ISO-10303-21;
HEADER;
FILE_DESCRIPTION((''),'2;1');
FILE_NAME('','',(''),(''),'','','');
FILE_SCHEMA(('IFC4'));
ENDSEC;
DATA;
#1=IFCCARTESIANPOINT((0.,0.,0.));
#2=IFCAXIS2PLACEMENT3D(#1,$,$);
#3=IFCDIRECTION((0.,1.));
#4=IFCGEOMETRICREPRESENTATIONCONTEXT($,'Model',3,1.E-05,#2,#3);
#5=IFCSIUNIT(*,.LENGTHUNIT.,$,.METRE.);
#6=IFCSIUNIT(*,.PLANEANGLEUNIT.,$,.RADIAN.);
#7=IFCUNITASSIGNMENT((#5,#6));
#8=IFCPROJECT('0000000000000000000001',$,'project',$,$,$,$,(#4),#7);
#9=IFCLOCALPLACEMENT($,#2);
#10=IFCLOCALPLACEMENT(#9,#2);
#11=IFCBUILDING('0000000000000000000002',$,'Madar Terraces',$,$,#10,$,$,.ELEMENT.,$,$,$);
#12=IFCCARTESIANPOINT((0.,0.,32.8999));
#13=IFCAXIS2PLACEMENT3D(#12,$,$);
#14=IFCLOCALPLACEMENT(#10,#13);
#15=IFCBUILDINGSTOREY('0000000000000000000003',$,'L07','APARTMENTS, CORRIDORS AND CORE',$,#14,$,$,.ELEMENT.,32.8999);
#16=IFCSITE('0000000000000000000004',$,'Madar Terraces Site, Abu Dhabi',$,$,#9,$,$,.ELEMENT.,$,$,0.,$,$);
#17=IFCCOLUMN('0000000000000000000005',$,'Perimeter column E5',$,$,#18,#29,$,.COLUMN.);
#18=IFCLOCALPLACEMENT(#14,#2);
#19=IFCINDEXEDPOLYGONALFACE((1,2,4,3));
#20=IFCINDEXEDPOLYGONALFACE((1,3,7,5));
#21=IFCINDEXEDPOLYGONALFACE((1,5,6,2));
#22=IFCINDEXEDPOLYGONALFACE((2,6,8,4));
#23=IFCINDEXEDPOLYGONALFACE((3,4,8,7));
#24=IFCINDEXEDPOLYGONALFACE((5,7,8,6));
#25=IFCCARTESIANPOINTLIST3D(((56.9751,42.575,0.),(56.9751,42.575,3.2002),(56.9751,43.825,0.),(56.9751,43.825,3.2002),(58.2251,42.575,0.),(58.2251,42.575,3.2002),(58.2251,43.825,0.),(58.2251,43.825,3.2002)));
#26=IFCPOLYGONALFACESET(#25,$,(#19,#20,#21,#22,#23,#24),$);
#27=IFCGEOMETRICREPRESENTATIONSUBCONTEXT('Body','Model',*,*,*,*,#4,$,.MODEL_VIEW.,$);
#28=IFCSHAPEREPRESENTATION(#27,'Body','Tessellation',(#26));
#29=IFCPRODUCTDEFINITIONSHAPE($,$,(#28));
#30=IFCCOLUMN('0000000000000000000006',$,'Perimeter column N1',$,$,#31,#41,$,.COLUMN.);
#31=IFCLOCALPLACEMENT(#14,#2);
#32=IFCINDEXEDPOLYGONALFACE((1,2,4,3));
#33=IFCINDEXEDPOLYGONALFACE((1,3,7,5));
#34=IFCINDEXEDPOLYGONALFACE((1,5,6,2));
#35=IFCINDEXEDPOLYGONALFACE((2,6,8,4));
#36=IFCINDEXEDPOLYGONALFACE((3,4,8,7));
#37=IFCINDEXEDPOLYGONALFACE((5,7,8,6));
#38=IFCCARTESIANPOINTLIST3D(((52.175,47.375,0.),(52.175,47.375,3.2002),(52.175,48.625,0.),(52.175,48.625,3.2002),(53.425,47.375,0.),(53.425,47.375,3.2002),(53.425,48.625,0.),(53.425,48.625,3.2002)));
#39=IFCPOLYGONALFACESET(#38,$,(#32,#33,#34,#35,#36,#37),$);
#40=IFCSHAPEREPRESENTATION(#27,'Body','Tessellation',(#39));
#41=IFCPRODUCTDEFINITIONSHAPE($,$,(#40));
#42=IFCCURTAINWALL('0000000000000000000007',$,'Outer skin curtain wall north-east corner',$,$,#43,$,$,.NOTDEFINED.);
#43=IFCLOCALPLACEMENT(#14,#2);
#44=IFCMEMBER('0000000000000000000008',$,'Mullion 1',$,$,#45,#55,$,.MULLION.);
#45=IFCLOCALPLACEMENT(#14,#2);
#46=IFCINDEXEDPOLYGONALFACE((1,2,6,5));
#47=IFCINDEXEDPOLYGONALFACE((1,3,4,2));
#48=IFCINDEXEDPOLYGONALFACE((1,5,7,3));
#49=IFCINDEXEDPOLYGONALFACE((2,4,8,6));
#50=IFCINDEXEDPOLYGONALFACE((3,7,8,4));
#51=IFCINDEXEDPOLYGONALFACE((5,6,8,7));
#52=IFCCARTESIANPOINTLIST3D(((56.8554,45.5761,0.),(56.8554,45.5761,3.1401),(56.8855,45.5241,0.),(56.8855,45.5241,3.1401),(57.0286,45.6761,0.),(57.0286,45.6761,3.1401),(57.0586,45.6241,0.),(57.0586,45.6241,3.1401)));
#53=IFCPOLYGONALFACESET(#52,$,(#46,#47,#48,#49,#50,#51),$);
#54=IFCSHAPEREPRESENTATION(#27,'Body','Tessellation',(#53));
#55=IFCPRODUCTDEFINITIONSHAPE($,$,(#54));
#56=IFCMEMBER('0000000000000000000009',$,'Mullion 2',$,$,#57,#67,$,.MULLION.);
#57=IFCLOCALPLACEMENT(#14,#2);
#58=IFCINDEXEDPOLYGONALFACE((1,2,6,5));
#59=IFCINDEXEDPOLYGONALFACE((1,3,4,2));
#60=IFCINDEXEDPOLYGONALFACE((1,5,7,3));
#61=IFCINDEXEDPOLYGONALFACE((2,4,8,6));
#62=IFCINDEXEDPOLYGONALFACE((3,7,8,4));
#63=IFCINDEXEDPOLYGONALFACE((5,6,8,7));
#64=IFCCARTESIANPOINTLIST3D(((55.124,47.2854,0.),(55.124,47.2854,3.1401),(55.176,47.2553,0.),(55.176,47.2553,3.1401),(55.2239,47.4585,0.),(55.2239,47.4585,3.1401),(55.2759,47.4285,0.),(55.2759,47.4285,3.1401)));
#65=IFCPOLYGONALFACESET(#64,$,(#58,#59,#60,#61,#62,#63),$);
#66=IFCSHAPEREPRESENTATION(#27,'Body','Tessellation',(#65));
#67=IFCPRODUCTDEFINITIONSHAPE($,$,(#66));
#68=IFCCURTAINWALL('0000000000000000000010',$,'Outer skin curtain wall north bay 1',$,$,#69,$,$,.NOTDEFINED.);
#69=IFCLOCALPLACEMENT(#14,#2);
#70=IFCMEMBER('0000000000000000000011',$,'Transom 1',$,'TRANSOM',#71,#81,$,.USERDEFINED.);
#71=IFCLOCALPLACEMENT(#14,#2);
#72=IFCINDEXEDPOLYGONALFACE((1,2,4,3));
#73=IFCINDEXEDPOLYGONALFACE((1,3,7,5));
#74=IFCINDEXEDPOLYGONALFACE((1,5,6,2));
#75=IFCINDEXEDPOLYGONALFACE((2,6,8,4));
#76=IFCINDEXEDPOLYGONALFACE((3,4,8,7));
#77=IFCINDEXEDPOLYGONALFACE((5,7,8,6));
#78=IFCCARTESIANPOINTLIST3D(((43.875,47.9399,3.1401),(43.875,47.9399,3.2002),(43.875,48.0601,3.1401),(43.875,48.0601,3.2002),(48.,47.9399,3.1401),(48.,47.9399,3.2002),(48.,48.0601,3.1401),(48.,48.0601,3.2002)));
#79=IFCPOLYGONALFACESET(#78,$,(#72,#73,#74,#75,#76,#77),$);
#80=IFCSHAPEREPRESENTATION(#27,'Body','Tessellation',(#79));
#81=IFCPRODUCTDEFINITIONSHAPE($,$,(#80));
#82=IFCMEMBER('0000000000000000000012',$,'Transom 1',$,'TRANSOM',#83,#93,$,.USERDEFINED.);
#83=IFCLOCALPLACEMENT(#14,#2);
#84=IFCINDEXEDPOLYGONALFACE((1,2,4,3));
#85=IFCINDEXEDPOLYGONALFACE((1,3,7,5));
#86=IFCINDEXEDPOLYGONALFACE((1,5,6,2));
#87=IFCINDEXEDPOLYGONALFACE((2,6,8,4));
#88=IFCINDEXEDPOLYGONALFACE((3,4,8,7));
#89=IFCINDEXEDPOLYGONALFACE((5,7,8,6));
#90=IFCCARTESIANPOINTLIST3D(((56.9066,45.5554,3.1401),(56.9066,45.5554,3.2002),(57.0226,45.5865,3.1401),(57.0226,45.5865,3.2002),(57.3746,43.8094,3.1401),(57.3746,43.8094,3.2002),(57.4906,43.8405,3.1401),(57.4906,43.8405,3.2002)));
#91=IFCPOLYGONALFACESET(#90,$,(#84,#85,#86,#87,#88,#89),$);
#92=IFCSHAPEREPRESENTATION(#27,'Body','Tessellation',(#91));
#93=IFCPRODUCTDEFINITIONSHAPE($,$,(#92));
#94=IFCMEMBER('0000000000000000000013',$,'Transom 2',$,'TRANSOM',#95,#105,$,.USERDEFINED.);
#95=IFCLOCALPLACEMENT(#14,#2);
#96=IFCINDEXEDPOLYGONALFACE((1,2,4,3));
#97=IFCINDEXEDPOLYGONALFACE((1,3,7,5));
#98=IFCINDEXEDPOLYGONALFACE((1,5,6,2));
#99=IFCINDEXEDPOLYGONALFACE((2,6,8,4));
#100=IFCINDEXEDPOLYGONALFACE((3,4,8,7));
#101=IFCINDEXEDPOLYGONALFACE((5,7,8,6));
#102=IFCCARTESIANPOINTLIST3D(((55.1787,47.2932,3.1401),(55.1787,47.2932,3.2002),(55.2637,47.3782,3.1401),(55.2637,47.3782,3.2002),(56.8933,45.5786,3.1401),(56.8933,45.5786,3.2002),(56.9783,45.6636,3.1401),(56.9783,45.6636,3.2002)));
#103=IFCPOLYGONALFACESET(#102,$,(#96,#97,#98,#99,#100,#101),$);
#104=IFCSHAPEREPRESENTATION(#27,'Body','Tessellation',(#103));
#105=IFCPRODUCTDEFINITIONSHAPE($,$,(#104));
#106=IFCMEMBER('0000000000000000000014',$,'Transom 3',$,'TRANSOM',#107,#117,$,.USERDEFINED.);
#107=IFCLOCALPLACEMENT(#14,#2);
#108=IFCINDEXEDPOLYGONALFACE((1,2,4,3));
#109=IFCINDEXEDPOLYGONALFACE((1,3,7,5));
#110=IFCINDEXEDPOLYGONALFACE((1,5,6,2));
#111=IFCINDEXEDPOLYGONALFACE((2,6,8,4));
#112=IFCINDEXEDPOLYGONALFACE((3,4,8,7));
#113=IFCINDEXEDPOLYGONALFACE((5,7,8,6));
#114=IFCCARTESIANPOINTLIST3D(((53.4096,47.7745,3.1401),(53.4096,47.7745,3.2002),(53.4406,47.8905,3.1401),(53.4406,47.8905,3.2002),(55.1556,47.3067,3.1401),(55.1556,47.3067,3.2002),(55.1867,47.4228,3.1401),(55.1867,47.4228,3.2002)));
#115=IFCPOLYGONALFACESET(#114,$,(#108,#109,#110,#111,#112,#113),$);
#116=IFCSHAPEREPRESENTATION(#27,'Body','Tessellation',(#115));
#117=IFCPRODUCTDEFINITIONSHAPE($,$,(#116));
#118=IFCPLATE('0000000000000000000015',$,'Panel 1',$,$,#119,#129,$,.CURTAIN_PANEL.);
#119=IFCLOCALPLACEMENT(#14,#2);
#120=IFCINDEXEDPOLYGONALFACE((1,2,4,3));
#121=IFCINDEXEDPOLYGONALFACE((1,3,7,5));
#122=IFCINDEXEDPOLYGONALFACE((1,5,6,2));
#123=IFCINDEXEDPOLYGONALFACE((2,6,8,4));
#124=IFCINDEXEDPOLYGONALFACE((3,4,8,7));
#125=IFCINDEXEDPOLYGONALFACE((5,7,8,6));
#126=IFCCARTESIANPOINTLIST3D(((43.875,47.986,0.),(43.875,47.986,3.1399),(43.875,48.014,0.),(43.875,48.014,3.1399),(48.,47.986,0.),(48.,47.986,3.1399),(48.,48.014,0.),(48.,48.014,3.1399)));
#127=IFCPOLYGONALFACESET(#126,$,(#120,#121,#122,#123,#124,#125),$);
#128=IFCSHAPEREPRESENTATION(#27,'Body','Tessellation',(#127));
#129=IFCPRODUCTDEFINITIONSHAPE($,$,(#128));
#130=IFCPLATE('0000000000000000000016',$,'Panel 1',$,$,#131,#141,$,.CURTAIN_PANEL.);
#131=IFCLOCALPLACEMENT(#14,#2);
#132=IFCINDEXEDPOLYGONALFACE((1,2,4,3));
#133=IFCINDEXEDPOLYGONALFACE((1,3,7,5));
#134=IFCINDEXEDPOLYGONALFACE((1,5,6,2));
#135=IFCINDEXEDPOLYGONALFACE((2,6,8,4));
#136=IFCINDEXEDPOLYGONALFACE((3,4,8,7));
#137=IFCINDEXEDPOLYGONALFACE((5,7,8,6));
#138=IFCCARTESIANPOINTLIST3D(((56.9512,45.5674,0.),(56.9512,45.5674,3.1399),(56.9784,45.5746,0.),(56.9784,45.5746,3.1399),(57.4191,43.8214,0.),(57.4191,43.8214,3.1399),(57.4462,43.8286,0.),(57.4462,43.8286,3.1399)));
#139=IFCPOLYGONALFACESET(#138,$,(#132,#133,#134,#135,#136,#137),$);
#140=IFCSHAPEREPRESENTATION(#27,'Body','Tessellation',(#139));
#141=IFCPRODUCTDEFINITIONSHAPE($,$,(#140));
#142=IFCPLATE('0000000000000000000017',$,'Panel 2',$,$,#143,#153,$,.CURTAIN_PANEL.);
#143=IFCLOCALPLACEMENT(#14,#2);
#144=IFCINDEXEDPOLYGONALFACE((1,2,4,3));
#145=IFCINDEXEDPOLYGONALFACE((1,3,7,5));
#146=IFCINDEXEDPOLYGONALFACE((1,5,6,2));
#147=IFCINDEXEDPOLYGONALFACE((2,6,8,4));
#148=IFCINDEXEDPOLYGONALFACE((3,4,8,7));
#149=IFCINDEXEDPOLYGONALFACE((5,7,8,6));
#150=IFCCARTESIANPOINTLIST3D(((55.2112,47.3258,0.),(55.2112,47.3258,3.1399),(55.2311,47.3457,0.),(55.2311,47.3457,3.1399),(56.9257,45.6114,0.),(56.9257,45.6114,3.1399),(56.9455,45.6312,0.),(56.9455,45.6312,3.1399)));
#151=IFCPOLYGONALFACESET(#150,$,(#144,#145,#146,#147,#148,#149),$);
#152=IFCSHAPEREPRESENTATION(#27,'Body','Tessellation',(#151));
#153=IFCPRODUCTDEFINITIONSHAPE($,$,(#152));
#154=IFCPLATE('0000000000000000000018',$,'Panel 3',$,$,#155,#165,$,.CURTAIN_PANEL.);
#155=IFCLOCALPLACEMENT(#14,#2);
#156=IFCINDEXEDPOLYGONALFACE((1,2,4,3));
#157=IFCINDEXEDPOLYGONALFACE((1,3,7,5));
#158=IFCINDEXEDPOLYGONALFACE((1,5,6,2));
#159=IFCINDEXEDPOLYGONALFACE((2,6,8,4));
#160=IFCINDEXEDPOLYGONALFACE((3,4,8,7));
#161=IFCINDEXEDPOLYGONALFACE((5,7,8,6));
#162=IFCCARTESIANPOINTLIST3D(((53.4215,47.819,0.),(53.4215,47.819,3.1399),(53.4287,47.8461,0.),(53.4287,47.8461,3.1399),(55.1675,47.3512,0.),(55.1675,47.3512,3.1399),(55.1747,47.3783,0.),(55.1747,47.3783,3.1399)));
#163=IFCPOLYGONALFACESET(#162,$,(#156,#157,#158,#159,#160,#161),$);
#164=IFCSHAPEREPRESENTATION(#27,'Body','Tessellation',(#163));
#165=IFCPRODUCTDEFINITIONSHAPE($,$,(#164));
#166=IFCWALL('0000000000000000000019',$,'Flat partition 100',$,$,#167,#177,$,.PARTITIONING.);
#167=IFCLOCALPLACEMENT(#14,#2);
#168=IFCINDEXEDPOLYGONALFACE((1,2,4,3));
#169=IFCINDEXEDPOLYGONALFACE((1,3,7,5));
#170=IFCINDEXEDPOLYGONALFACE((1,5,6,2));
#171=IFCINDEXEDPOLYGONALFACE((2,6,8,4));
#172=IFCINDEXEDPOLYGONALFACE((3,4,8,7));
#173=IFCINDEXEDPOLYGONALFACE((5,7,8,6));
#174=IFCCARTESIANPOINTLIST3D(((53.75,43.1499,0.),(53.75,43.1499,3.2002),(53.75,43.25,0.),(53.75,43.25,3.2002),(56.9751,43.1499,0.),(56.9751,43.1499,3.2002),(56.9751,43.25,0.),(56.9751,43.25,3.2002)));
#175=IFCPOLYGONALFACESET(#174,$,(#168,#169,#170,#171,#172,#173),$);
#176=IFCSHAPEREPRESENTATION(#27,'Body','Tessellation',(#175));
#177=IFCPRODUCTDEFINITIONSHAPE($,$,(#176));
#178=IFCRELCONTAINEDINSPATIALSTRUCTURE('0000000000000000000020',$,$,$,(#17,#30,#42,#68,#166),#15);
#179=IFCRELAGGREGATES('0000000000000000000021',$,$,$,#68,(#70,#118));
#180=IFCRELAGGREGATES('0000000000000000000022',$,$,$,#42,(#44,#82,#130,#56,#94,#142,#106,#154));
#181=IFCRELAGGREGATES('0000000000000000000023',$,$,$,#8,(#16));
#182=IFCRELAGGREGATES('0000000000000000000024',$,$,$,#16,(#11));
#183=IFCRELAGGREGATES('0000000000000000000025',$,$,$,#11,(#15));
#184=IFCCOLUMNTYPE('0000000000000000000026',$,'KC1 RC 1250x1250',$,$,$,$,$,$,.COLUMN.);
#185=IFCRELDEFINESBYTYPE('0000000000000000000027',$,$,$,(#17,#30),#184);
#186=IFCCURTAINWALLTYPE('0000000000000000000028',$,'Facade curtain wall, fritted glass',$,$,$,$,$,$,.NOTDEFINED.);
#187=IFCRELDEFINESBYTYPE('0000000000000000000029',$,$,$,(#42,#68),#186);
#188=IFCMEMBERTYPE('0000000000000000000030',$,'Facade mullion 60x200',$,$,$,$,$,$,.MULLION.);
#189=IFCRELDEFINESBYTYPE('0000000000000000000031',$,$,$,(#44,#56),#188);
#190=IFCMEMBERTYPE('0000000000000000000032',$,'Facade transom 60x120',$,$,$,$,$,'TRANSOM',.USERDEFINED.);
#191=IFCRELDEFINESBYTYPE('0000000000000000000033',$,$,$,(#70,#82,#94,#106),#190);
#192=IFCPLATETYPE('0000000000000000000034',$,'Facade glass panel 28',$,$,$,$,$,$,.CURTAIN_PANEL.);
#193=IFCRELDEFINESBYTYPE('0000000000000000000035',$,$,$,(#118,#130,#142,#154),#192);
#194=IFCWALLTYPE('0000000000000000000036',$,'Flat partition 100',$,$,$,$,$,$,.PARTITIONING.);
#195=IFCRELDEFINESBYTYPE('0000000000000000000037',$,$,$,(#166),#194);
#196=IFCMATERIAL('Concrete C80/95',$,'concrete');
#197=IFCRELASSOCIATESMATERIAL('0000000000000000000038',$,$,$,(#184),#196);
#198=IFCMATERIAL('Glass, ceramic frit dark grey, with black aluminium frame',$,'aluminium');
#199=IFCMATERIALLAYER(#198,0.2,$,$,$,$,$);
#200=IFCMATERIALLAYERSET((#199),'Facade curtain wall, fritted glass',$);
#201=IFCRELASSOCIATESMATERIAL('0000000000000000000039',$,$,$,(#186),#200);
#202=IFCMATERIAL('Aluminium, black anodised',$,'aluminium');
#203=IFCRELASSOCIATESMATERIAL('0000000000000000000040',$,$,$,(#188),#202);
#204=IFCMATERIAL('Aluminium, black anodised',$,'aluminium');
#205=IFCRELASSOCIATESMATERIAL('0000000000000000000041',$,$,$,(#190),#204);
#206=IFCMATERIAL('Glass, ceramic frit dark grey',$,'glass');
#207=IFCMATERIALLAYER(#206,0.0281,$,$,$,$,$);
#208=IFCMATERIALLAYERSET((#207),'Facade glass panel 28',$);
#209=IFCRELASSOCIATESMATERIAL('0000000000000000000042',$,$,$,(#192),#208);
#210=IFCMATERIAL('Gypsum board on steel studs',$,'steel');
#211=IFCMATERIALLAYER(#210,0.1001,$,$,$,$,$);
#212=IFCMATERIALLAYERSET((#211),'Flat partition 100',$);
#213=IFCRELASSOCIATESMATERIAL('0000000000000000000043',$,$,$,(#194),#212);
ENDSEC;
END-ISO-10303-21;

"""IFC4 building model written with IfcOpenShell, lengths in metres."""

from ifc_helpers import new_model, si_unit, direction, frame, frame_2d, origin, origin_2d, place, context, subcontext, project, spatial, rectangle, extrude, material, layer, layer_set, material_profile, profile_set, type_object, element, aggregate, save


model = new_model("IFC4")

# Units and contexts
model_context = context("Model", 3, precision=1e-05, world=origin(), true_north=direction((0.0, 1.0)))
body_context = subcontext(model_context, "Body", "Model", "MODEL_VIEW")
ifc_project = project(units=[si_unit("LENGTHUNIT", "METRE"), si_unit("PLANEANGLEUNIT", "RADIAN")], contexts=[model_context])

# Site, building, storey
site_placement = place(None, origin())
site = spatial("IfcSite", under=ifc_project, at=site_placement, Name="Madar Terraces Site, Abu Dhabi", CompositionType="ELEMENT", RefElevation=0.0)
building_placement = place(site_placement, origin())
building = spatial("IfcBuilding", under=site, at=building_placement, Name="Madar Terraces", CompositionType="ELEMENT")
storey_placement = place(building_placement, frame((0.0, 0.0, 32.8999)))
storey = spatial("IfcBuildingStorey", under=building, at=storey_placement, Name="L07", Description="APARTMENTS, CORRIDORS AND CORE", CompositionType="ELEMENT", Elevation=32.8999)

# Columns
ifc_material_1 = material(Name="Concrete C80/95", Category="concrete")
ifc_material_profile_1 = material_profile(ifc_material_1, rectangle(XDim=1.25, YDim=1.25, at=origin_2d()), Name="KC1 RC 1250x1250")
ifc_profile_set_1 = profile_set([ifc_material_profile_1], Name="Concrete C80/95")
column_type = type_object("IfcColumnType", Name="KC1 RC 1250x1250", PredefinedType="COLUMN", material=ifc_profile_set_1)
for number, where, z_axis, x_axis, name in (
    (1, (57.6001, 43.2, 0.0), (0.0, 0.0, 1.0), (1.0, 0.0, 0.0), "Perimeter column E5"),
    (2, (52.8, 48.0, 0.0), (0.0, 0.0, 1.0), (1.0, 0.0, 0.0), "Perimeter column N1"),
):
    element("IfcColumn", number, at=place(storey_placement, frame(where, z_axis=z_axis, x_axis=x_axis)), inside=storey, type_object=column_type, Name=name, PredefinedType="COLUMN", context=body_context, shape_type="SweptSolid", body=[
        extrude(rectangle(XDim=1.25, YDim=1.25, at=origin_2d()), origin(), (0.0, 0.0, 1.0), 3.2002),
    ])

# Curtain wall, members
ifc_material_2 = material(Name="Glass, ceramic frit dark grey, with black aluminium frame", Category="aluminium")
ifc_layer_1 = layer(ifc_material_2, 0.2)
ifc_layer_set_1 = layer_set([ifc_layer_1], Name="Facade curtain wall, fritted glass")
curtain_wall_type = type_object("IfcCurtainWallType", Name="Facade curtain wall, fritted glass", PredefinedType="NOTDEFINED", material=ifc_layer_set_1)
curtain_wall_1_placement = place(storey_placement, origin())
curtain_wall_1 = element("IfcCurtainWall", 3, at=curtain_wall_1_placement, inside=storey, type_object=curtain_wall_type, Name="Outer skin curtain wall north-east corner", PredefinedType="NOTDEFINED")
ifc_material_3 = material(Name="Aluminium, black anodised", Category="aluminium")
ifc_material_profile_2 = material_profile(ifc_material_3, rectangle(XDim=0.2, YDim=0.0601, at=origin_2d()), Name="Facade mullion 60x200")
ifc_profile_set_2 = profile_set([ifc_material_profile_2], Name="Aluminium, black anodised")
member_type_1 = type_object("IfcMemberType", Name="Facade mullion 60x200", PredefinedType="MULLION", material=ifc_profile_set_2)
member_1_placement = place(storey_placement, frame((56.957, 45.6001, 0.0), z_axis=(0.0, 0.0, 1.0), x_axis=(-0.866025, -0.5, 0.0)))
member_1 = element("IfcMember", 4, at=member_1_placement, type_object=member_type_1, Name="Mullion 1", PredefinedType="MULLION", context=body_context, shape_type="SweptSolid", body=[
    extrude(rectangle(XDim=0.2, YDim=0.0601, at=origin_2d()), origin(), (0.0, 0.0, 1.0), 3.1401),
])
member_2_placement = place(storey_placement, frame((55.2, 47.3569, 0.0), z_axis=(0.0, 0.0, 1.0), x_axis=(-0.5, -0.866025, 0.0)))
member_2 = element("IfcMember", 5, at=member_2_placement, type_object=member_type_1, Name="Mullion 2", PredefinedType="MULLION", context=body_context, shape_type="SweptSolid", body=[
    extrude(rectangle(XDim=0.2, YDim=0.0601, at=origin_2d()), origin(), (0.0, 0.0, 1.0), 3.1401),
])

# Curtain wall, member
curtain_wall_2_placement = place(storey_placement, origin())
curtain_wall_2 = element("IfcCurtainWall", 6, at=curtain_wall_2_placement, inside=storey, type_object=curtain_wall_type, Name="Outer skin curtain wall north bay 1", PredefinedType="NOTDEFINED")
ifc_material_4 = material(Name="Aluminium, black anodised", Category="aluminium")
ifc_material_profile_3 = material_profile(ifc_material_4, rectangle(XDim=0.1201, YDim=0.0601, at=origin_2d()), Name="Facade transom 60x120")
ifc_profile_set_3 = profile_set([ifc_material_profile_3], Name="Aluminium, black anodised")
member_type_2 = type_object("IfcMemberType", Name="Facade transom 60x120", ElementType="TRANSOM", PredefinedType="USERDEFINED", material=ifc_profile_set_3)
member_3_placement = place(storey_placement, frame((48.0, 48.0, 3.1702), z_axis=(-1.0, 0.0, 0.0), x_axis=(0.0, -1.0, 0.0)))
member_3 = element("IfcMember", 7, at=member_3_placement, type_object=member_type_2, Name="Transom 1", ObjectType="TRANSOM", PredefinedType="USERDEFINED", context=body_context, shape_type="SweptSolid", body=[
    extrude(rectangle(XDim=0.1201, YDim=0.0601, at=origin_2d()), origin(), (0.0, 0.0, 1.0), 4.125),
])

# Members
member_4_placement = place(storey_placement, frame((57.4326, 43.825, 3.1702), z_axis=(-0.258898, 0.965905, 0.0), x_axis=(-0.965905, -0.258898, 0.0)))
member_4 = element("IfcMember", 8, at=member_4_placement, type_object=member_type_2, Name="Transom 1", ObjectType="TRANSOM", PredefinedType="USERDEFINED", context=body_context, shape_type="SweptSolid", body=[
    extrude(rectangle(XDim=0.1201, YDim=0.0601, at=origin_2d()), origin(), (0.0, 0.0, 1.0), 1.8076),
])
member_5_placement = place(storey_placement, frame((56.9358, 45.6211, 3.1702), z_axis=(-0.707107, 0.707107, 0.0), x_axis=(-0.707107, -0.707107, 0.0)))
member_5 = element("IfcMember", 9, at=member_5_placement, type_object=member_type_2, Name="Transom 2", ObjectType="TRANSOM", PredefinedType="USERDEFINED", context=body_context, shape_type="SweptSolid", body=[
    extrude(rectangle(XDim=0.1201, YDim=0.0601, at=origin_2d()), origin(), (0.0, 0.0, 1.0), 2.4248),
])
member_6_placement = place(storey_placement, frame((55.1711, 47.3647, 3.1702), z_axis=(-0.965938, 0.258772, 0.0), x_axis=(-0.258772, -0.965938, 0.0)))
member_6 = element("IfcMember", 10, at=member_6_placement, type_object=member_type_2, Name="Transom 3", ObjectType="TRANSOM", PredefinedType="USERDEFINED", context=body_context, shape_type="SweptSolid", body=[
    extrude(rectangle(XDim=0.1201, YDim=0.0601, at=origin_2d()), origin(), (0.0, 0.0, 1.0), 1.8076),
])

# Plates
ifc_material_5 = material(Name="Glass, ceramic frit dark grey", Category="glass")
ifc_layer_2 = layer(ifc_material_5, 0.0281)
ifc_layer_set_2 = layer_set([ifc_layer_2], Name="Facade glass panel 28")
plate_type = type_object("IfcPlateType", Name="Facade glass panel 28", PredefinedType="CURTAIN_PANEL", material=ifc_layer_set_2)
plate_1_placement = place(storey_placement, frame((45.9375, 48.0, 0.0), z_axis=(0.0, 0.0, 1.0), x_axis=(-1.0, 0.0, 0.0)))
plate_1 = element("IfcPlate", 11, at=plate_1_placement, type_object=plate_type, Name="Panel 1", PredefinedType="CURTAIN_PANEL", context=body_context, shape_type="SweptSolid", body=[
    extrude(rectangle(XDim=4.125, YDim=0.0281, at=origin_2d()), origin(), (0.0, 0.0, 1.0), 3.1399),
])
aggregate(curtain_wall_2, [member_3, plate_1])
plate_2_placement = place(storey_placement, frame((57.1987, 44.698, 0.0), z_axis=(0.0, 0.0, 1.0), x_axis=(-0.258819, 0.965926, 0.0)))
plate_2 = element("IfcPlate", 12, at=plate_2_placement, type_object=plate_type, Name="Panel 1", PredefinedType="CURTAIN_PANEL", context=body_context, shape_type="SweptSolid", body=[
    extrude(rectangle(XDim=1.8076, YDim=0.0281, at=origin_2d()), origin(), (0.0, 0.0, 1.0), 3.1399),
])
plate_3_placement = place(storey_placement, frame((56.0784, 46.4785, 0.0), z_axis=(0.0, 0.0, 1.0), x_axis=(-0.707107, 0.707107, 0.0)))
plate_3 = element("IfcPlate", 13, at=plate_3_placement, type_object=plate_type, Name="Panel 2", PredefinedType="CURTAIN_PANEL", context=body_context, shape_type="SweptSolid", body=[
    extrude(rectangle(XDim=2.4246, YDim=0.0281, at=origin_2d()), origin(), (0.0, 0.0, 1.0), 3.1399),
])
plate_4_placement = place(storey_placement, frame((54.2981, 47.5986, 0.0), z_axis=(0.0, 0.0, 1.0), x_axis=(-0.965926, 0.258819, 0.0)))
plate_4 = element("IfcPlate", 14, at=plate_4_placement, type_object=plate_type, Name="Panel 3", PredefinedType="CURTAIN_PANEL", context=body_context, shape_type="SweptSolid", body=[
    extrude(rectangle(XDim=1.8076, YDim=0.0281, at=origin_2d()), origin(), (0.0, 0.0, 1.0), 3.1399),
])
aggregate(curtain_wall_1, [member_1, member_4, plate_2, member_2, member_5, plate_3, member_6, plate_4])

# Wall
ifc_material_6 = material(Name="Gypsum board on steel studs", Category="steel")
ifc_layer_3 = layer(ifc_material_6, 0.1001)
ifc_layer_set_3 = layer_set([ifc_layer_3], Name="Flat partition 100")
wall_type_1 = type_object("IfcWallType", Name="Flat partition 100", PredefinedType="PARTITIONING", material=ifc_layer_set_3)
wall_1_placement = place(storey_placement, frame((53.75, 43.2, 0.0), z_axis=(0.0, 0.0, 1.0), x_axis=(1.0, 0.0, 0.0)))
element("IfcWall", 15, at=wall_1_placement, inside=storey, type_object=wall_type_1, Name="Flat partition 100", PredefinedType="PARTITIONING", context=body_context, shape_type="SweptSolid", body=[
    extrude(rectangle(XDim=3.2251, YDim=0.1001, at=frame_2d((1.6125, 0.0))), origin(), (0.0, 0.0, 1.0), 3.2002),
])

save(model, "model.ifc")
